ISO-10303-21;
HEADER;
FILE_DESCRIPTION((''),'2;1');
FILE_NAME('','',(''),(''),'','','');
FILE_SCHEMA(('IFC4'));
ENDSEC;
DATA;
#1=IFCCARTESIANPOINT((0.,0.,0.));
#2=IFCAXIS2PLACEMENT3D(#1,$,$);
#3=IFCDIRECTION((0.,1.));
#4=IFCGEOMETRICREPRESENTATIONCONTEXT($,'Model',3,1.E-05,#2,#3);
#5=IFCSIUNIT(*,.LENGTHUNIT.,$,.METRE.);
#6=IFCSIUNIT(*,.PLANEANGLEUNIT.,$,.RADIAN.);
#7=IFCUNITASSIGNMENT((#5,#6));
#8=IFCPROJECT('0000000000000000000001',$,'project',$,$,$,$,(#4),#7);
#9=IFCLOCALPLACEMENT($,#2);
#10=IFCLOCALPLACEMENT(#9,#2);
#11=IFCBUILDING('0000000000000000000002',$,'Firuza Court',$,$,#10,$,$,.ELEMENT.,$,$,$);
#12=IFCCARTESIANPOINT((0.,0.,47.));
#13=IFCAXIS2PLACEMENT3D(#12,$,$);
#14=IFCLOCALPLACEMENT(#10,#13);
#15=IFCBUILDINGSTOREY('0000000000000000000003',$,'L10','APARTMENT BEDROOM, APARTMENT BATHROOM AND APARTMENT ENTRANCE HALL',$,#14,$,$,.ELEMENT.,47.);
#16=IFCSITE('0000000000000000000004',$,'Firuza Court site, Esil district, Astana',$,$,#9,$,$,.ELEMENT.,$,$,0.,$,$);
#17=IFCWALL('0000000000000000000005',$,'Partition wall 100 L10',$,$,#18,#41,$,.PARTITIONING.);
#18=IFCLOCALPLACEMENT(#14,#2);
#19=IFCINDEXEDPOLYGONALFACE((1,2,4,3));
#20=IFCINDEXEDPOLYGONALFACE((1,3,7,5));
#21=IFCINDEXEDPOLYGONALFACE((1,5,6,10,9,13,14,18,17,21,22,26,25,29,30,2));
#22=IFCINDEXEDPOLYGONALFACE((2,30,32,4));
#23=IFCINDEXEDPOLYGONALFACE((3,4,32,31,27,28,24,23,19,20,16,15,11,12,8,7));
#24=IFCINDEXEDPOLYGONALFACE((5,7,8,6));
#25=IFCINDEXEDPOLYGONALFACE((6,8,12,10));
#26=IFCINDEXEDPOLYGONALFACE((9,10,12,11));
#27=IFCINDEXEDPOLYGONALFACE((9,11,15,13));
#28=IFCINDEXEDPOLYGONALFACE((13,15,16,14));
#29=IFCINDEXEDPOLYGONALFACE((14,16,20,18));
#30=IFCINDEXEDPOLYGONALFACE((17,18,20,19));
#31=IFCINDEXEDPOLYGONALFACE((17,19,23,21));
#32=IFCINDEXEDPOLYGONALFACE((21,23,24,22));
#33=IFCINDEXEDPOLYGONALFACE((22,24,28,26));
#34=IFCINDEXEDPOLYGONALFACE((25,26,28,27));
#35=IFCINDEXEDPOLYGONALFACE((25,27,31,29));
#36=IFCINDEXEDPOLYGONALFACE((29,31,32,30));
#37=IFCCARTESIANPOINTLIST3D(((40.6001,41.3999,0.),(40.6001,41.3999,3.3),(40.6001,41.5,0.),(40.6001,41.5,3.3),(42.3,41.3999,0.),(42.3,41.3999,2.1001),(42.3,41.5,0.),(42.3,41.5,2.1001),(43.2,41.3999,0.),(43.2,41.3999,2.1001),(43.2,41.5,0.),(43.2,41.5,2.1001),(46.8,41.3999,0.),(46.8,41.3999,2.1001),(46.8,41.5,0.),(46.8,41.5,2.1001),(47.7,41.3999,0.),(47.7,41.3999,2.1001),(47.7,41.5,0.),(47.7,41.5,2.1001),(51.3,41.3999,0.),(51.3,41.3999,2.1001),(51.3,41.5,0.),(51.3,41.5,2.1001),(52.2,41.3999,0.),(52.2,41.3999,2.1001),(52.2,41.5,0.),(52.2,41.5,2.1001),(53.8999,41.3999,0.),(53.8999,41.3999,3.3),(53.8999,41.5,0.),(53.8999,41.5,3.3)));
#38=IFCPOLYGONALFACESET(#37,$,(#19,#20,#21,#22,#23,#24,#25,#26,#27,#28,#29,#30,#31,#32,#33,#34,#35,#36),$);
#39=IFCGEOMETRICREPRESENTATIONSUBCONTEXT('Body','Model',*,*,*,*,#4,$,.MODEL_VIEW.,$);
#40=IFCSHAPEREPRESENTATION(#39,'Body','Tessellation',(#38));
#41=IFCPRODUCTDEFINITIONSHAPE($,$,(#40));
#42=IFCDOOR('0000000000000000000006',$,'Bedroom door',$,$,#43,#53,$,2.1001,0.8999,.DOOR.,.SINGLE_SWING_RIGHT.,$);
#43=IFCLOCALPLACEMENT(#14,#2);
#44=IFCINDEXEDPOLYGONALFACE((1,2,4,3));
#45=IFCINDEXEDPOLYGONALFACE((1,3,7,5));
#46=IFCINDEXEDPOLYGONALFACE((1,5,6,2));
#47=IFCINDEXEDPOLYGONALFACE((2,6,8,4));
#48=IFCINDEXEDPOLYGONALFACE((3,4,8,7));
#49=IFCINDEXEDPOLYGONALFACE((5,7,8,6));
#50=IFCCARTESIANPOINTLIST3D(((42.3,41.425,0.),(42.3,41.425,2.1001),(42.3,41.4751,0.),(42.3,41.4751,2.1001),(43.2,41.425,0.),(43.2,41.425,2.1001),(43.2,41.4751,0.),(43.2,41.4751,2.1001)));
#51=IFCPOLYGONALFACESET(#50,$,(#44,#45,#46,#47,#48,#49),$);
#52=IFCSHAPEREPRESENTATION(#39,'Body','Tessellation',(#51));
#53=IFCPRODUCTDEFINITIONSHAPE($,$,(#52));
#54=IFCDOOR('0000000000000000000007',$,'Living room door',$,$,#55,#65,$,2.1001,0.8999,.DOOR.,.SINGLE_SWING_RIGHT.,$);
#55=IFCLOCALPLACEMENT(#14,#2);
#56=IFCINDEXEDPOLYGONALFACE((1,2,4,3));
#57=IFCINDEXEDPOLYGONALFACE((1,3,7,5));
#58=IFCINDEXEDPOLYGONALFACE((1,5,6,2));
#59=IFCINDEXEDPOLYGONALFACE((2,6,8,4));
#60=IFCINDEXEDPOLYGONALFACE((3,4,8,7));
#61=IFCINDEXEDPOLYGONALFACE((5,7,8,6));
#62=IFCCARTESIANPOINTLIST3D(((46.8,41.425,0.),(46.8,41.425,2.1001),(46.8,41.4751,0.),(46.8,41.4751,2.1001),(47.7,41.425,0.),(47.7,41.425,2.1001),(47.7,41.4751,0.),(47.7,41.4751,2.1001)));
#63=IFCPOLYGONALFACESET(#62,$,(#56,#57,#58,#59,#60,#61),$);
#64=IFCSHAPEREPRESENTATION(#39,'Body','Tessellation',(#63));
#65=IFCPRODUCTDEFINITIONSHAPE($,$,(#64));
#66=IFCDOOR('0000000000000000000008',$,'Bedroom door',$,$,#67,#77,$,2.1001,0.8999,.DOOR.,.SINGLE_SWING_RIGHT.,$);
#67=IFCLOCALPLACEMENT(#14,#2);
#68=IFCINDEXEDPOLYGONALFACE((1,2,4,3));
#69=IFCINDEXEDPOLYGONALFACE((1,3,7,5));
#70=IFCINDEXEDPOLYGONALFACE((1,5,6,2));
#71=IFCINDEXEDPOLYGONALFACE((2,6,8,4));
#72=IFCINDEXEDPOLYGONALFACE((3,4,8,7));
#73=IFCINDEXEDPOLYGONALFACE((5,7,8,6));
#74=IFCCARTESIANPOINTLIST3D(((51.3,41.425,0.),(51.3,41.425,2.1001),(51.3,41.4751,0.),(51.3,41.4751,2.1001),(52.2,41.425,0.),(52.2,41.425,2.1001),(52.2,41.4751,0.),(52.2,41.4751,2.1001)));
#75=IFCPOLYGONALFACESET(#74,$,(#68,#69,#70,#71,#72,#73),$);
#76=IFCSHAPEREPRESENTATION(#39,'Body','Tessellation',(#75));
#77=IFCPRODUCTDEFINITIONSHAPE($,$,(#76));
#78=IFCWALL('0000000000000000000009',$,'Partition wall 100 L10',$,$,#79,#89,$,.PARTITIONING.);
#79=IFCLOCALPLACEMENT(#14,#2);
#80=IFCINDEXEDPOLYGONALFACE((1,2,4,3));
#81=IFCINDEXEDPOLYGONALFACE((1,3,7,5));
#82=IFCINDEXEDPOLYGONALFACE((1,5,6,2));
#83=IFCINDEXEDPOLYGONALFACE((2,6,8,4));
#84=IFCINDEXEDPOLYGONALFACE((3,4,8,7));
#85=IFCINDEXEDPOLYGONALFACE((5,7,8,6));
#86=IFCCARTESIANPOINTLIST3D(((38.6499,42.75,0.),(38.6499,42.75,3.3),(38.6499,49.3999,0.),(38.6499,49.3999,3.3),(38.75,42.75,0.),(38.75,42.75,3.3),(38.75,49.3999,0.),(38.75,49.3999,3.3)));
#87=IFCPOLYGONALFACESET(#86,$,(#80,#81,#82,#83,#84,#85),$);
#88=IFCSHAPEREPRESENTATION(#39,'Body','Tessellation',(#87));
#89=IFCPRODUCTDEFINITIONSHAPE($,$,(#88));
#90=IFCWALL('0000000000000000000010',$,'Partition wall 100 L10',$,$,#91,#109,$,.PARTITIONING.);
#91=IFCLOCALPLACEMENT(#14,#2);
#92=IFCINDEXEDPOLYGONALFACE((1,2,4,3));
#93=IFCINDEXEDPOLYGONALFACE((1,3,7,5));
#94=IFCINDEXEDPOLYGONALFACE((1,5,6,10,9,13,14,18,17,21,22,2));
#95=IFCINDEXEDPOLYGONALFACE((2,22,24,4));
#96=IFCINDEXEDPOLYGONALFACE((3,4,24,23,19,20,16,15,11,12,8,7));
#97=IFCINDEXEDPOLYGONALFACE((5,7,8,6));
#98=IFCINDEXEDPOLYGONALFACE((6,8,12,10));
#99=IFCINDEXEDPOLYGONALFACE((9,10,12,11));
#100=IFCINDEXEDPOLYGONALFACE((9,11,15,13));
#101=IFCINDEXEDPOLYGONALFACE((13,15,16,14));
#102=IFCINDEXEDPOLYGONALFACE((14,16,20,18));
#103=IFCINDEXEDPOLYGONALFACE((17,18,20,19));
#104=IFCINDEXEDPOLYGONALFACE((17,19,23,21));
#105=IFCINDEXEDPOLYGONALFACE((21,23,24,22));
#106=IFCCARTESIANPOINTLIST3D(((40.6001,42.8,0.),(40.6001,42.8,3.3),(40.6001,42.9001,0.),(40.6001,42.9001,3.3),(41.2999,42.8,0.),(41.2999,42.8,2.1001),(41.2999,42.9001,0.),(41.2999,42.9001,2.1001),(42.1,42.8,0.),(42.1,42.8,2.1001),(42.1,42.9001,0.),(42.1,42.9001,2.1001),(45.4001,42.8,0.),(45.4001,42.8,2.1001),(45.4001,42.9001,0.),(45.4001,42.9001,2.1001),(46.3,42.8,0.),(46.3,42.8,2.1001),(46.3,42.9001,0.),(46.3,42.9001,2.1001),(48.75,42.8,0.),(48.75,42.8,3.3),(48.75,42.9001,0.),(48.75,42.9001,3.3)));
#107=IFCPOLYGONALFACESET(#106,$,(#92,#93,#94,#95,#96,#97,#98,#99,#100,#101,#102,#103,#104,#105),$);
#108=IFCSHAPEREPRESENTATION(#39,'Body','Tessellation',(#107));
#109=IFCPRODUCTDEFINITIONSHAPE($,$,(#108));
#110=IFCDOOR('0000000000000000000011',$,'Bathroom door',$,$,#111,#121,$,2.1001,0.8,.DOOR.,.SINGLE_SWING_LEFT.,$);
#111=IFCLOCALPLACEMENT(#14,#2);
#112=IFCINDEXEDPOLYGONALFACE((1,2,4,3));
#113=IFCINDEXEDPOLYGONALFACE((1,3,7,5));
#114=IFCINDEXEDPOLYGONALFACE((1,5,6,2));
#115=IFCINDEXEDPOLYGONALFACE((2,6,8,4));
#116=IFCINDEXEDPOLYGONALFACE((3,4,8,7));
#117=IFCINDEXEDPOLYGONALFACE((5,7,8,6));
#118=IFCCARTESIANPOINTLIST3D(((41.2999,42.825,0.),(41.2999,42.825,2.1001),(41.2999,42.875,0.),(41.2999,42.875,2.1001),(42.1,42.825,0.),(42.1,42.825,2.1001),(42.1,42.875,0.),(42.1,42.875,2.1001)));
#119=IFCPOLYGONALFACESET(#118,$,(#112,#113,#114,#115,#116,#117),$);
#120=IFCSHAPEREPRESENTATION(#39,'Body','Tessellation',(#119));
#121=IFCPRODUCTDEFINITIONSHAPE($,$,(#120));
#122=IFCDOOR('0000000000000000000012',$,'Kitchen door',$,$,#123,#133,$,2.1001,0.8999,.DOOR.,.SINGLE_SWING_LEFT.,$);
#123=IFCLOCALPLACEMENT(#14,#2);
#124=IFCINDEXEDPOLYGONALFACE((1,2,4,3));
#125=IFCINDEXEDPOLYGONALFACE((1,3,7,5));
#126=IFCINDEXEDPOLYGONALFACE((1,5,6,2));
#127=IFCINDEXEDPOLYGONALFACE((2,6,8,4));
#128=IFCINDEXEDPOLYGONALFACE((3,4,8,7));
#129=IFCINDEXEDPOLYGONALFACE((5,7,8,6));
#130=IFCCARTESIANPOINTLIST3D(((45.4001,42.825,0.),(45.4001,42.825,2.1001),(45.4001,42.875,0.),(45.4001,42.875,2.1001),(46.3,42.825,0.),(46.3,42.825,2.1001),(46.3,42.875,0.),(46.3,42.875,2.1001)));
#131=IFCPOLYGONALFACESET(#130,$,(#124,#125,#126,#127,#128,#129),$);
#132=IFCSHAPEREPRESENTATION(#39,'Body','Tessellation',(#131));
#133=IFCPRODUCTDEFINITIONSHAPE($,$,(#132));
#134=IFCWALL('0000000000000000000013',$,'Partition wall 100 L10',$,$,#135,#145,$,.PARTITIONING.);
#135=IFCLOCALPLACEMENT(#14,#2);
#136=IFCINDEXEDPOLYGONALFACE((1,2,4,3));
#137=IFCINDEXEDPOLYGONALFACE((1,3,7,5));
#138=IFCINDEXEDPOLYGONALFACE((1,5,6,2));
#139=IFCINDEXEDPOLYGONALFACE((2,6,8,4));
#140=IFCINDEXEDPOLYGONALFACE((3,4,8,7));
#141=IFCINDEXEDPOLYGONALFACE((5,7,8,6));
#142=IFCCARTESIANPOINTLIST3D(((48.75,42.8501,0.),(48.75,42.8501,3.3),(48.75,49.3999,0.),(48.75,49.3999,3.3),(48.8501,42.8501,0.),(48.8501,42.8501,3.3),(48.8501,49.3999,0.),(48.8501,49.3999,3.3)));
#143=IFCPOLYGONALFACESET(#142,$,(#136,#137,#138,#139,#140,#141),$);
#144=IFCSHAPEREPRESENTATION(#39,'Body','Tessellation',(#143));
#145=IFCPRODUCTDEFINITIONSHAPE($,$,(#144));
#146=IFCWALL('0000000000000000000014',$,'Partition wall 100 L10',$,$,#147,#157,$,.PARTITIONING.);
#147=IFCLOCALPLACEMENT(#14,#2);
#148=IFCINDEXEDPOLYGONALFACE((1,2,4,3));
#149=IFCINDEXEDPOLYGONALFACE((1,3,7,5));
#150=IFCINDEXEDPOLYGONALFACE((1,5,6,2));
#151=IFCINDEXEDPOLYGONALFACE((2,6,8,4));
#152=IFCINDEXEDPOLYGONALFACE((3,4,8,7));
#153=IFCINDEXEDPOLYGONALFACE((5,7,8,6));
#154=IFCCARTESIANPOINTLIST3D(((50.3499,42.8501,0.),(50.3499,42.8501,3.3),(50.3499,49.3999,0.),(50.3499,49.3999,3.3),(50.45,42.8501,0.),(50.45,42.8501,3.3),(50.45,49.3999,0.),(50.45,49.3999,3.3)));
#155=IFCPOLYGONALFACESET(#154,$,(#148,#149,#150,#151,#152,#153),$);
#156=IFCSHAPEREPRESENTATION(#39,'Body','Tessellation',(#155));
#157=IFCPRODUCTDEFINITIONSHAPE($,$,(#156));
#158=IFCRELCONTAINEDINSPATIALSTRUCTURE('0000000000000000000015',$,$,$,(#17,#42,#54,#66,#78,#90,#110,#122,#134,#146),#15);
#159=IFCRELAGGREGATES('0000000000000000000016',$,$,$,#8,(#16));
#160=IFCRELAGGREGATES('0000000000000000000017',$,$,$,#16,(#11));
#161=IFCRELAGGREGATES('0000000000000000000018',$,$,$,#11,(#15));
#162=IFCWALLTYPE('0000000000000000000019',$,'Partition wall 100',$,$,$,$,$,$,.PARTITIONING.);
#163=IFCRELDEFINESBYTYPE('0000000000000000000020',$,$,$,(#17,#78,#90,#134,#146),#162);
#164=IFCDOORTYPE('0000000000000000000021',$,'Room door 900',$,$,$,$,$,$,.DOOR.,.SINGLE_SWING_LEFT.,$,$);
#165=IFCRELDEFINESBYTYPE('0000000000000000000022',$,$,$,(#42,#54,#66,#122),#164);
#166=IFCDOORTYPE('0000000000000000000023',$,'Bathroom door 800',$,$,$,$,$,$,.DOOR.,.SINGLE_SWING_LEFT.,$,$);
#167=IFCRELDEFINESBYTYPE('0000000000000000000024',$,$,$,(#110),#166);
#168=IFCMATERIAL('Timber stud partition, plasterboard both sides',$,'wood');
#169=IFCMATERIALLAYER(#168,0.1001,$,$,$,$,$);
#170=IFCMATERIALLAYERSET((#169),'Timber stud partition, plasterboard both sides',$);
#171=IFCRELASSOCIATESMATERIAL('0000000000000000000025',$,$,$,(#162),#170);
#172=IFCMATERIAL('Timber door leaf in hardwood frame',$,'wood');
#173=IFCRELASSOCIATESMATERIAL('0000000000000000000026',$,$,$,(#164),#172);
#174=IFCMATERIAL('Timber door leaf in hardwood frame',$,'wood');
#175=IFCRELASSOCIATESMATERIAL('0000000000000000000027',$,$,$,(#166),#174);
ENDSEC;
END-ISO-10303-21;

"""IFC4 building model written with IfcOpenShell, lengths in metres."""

from ifc_helpers import new_model, si_unit, direction, frame, frame_2d, origin, place, context, subcontext, project, spatial, rectangle, extrude, material, layer, layer_set, type_object, element, fill, save


model = new_model("IFC4")

# Units and contexts
model_context = context("Model", 3, precision=1e-05, world=origin(), true_north=direction((0.0, 1.0)))
body_context = subcontext(model_context, "Body", "Model", "MODEL_VIEW")
ifc_project = project(units=[si_unit("LENGTHUNIT", "METRE"), si_unit("PLANEANGLEUNIT", "RADIAN")], contexts=[model_context])

# Site, building, storey
site_placement = place(None, origin())
site = spatial("IfcSite", under=ifc_project, at=site_placement, Name="Firuza Court site, Esil district, Astana", CompositionType="ELEMENT", RefElevation=0.0)
building_placement = place(site_placement, origin())
building = spatial("IfcBuilding", under=site, at=building_placement, Name="Firuza Court", CompositionType="ELEMENT")
storey_placement = place(building_placement, frame((0.0, 0.0, 47.0)))
storey = spatial("IfcBuildingStorey", under=building, at=storey_placement, Name="L10", Description="APARTMENT BEDROOM, APARTMENT BATHROOM AND APARTMENT ENTRANCE HALL", CompositionType="ELEMENT", Elevation=47.0)

# Shared definitions
ifc_material_1 = material(Name="Timber stud partition, plasterboard both sides", Category="wood")
ifc_layer_1 = layer(ifc_material_1, 0.1001)
ifc_layer_set_1 = layer_set([ifc_layer_1], Name="Timber stud partition, plasterboard both sides")
wall_type_1 = type_object("IfcWallType", Name="Partition wall 100", PredefinedType="PARTITIONING", material=ifc_layer_set_1)

# Wall, openings, doors
wall_1_placement = place(storey_placement, frame((40.6001, 41.45, 0.0), z_axis=(0.0, 0.0, 1.0), x_axis=(1.0, 0.0, 0.0)))
wall_1 = element("IfcWall", 1, at=wall_1_placement, inside=storey, type_object=wall_type_1, Name="Partition wall 100 L10", PredefinedType="PARTITIONING", context=body_context, shape_type="SweptSolid", body=[
    extrude(rectangle(XDim=13.2998, YDim=0.1001, at=frame_2d((6.6499, 0.0))), origin(), (0.0, 0.0, 1.0), 3.3),
])
opening_1_placement = place(wall_1_placement, frame((1.7, 0.0, 0.0)))
opening_1 = element("IfcOpeningElement", 2, at=opening_1_placement, cuts=wall_1, PredefinedType="OPENING", context=body_context, shape_type="SweptSolid", body=[
    extrude(rectangle(XDim=0.8999, YDim=2.1001, at=frame_2d((0.45, 1.05))), frame((0.0, 0.062, 0.0), z_axis=(0.0, -1.0, 0.0), x_axis=(1.0, 0.0, 0.0)), (0.0, 0.0, 1.0), 0.124),
])
opening_2_placement = place(wall_1_placement, frame((6.2, 0.0, 0.0)))
opening_2 = element("IfcOpeningElement", 3, at=opening_2_placement, cuts=wall_1, PredefinedType="OPENING", context=body_context, shape_type="SweptSolid", body=[
    extrude(rectangle(XDim=0.8999, YDim=2.1001, at=frame_2d((0.45, 1.05))), frame((0.0, 0.062, 0.0), z_axis=(0.0, -1.0, 0.0), x_axis=(1.0, 0.0, 0.0)), (0.0, 0.0, 1.0), 0.124),
])
opening_3_placement = place(wall_1_placement, frame((10.7, 0.0, 0.0)))
opening_3 = element("IfcOpeningElement", 4, at=opening_3_placement, cuts=wall_1, PredefinedType="OPENING", context=body_context, shape_type="SweptSolid", body=[
    extrude(rectangle(XDim=0.8999, YDim=2.1001, at=frame_2d((0.45, 1.05))), frame((0.0, 0.062, 0.0), z_axis=(0.0, -1.0, 0.0), x_axis=(1.0, 0.0, 0.0)), (0.0, 0.0, 1.0), 0.124),
])
ifc_material_2 = material(Name="Timber door leaf in hardwood frame", Category="wood")
door_type_1 = type_object("IfcDoorType", Name="Room door 900", OperationType="SINGLE_SWING_LEFT", PredefinedType="DOOR", material=ifc_material_2)
door_1_placement = place(opening_1_placement, frame((0.8999, 0.0, 0.0), z_axis=(0.0, 0.0, 1.0), x_axis=(-1.0, 0.0, 0.0)))
door_1 = element("IfcDoor", 5, at=door_1_placement, inside=storey, type_object=door_type_1, Name="Bedroom door", OperationType="SINGLE_SWING_RIGHT", OverallHeight=2.1001, OverallWidth=0.8999, PredefinedType="DOOR", context=body_context, shape_type="SweptSolid", body=[
    extrude(rectangle(XDim=0.8999, YDim=2.1001, at=frame_2d((0.45, 1.05))), frame((0.0, 0.0249, 0.0), z_axis=(0.0, -1.0, 0.0), x_axis=(1.0, 0.0, 0.0)), (0.0, 0.0, 1.0), 0.05),
])
fill(opening_1, door_1)
door_2_placement = place(opening_2_placement, frame((0.8999, 0.0, 0.0), z_axis=(0.0, 0.0, 1.0), x_axis=(-1.0, 0.0, 0.0)))
door_2 = element("IfcDoor", 6, at=door_2_placement, inside=storey, type_object=door_type_1, Name="Living room door", OperationType="SINGLE_SWING_RIGHT", OverallHeight=2.1001, OverallWidth=0.8999, PredefinedType="DOOR", context=body_context, shape_type="SweptSolid", body=[
    extrude(rectangle(XDim=0.8999, YDim=2.1001, at=frame_2d((0.45, 1.05))), frame((0.0, 0.0249, 0.0), z_axis=(0.0, -1.0, 0.0), x_axis=(1.0, 0.0, 0.0)), (0.0, 0.0, 1.0), 0.05),
])
fill(opening_2, door_2)
door_3_placement = place(opening_3_placement, frame((0.8999, 0.0, 0.0), z_axis=(0.0, 0.0, 1.0), x_axis=(-1.0, 0.0, 0.0)))
door_3 = element("IfcDoor", 7, at=door_3_placement, inside=storey, type_object=door_type_1, Name="Bedroom door", OperationType="SINGLE_SWING_RIGHT", OverallHeight=2.1001, OverallWidth=0.8999, PredefinedType="DOOR", context=body_context, shape_type="SweptSolid", body=[
    extrude(rectangle(XDim=0.8999, YDim=2.1001, at=frame_2d((0.45, 1.05))), frame((0.0, 0.0249, 0.0), z_axis=(0.0, -1.0, 0.0), x_axis=(1.0, 0.0, 0.0)), (0.0, 0.0, 1.0), 0.05),
])
fill(opening_3, door_3)

# Wall
wall_2_placement = place(storey_placement, frame((38.7, 42.75, 0.0), z_axis=(0.0, 0.0, 1.0), x_axis=(0.0, 1.0, 0.0)))
element("IfcWall", 8, at=wall_2_placement, inside=storey, type_object=wall_type_1, Name="Partition wall 100 L10", PredefinedType="PARTITIONING", context=body_context, shape_type="SweptSolid", body=[
    extrude(rectangle(XDim=6.6499, YDim=0.1001, at=frame_2d((3.325, 0.0))), origin(), (0.0, 0.0, 1.0), 3.3),
])

# Wall, openings, doors
wall_3_placement = place(storey_placement, frame((40.6001, 42.8501, 0.0), z_axis=(0.0, 0.0, 1.0), x_axis=(1.0, 0.0, 0.0)))
wall_3 = element("IfcWall", 9, at=wall_3_placement, inside=storey, type_object=wall_type_1, Name="Partition wall 100 L10", PredefinedType="PARTITIONING", context=body_context, shape_type="SweptSolid", body=[
    extrude(rectangle(XDim=8.1499, YDim=0.1001, at=frame_2d((4.075, 0.0))), origin(), (0.0, 0.0, 1.0), 3.3),
])
opening_4_placement = place(wall_3_placement, frame((0.7, 0.0, 0.0)))
opening_4 = element("IfcOpeningElement", 10, at=opening_4_placement, cuts=wall_3, PredefinedType="OPENING", context=body_context, shape_type="SweptSolid", body=[
    extrude(rectangle(XDim=0.8, YDim=2.1001, at=frame_2d((0.3999, 1.05))), frame((0.0, 0.062, 0.0), z_axis=(0.0, -1.0, 0.0), x_axis=(1.0, 0.0, 0.0)), (0.0, 0.0, 1.0), 0.124),
])
opening_5_placement = place(wall_3_placement, frame((4.8, 0.0, 0.0)))
opening_5 = element("IfcOpeningElement", 11, at=opening_5_placement, cuts=wall_3, PredefinedType="OPENING", context=body_context, shape_type="SweptSolid", body=[
    extrude(rectangle(XDim=0.8999, YDim=2.1001, at=frame_2d((0.45, 1.05))), frame((0.0, 0.062, 0.0), z_axis=(0.0, -1.0, 0.0), x_axis=(1.0, 0.0, 0.0)), (0.0, 0.0, 1.0), 0.124),
])
ifc_material_3 = material(Name="Timber door leaf in hardwood frame", Category="wood")
door_type_2 = type_object("IfcDoorType", Name="Bathroom door 800", OperationType="SINGLE_SWING_LEFT", PredefinedType="DOOR", material=ifc_material_3)
door_4_placement = place(opening_4_placement, origin())
door_4 = element("IfcDoor", 12, at=door_4_placement, inside=storey, type_object=door_type_2, Name="Bathroom door", OperationType="SINGLE_SWING_LEFT", OverallHeight=2.1001, OverallWidth=0.8, PredefinedType="DOOR", context=body_context, shape_type="SweptSolid", body=[
    extrude(rectangle(XDim=0.8, YDim=2.1001, at=frame_2d((0.3999, 1.05))), frame((0.0, 0.0249, 0.0), z_axis=(0.0, -1.0, 0.0), x_axis=(1.0, 0.0, 0.0)), (0.0, 0.0, 1.0), 0.05),
])
fill(opening_4, door_4)
door_5_placement = place(opening_5_placement, origin())
door_5 = element("IfcDoor", 13, at=door_5_placement, inside=storey, type_object=door_type_1, Name="Kitchen door", OperationType="SINGLE_SWING_LEFT", OverallHeight=2.1001, OverallWidth=0.8999, PredefinedType="DOOR", context=body_context, shape_type="SweptSolid", body=[
    extrude(rectangle(XDim=0.8999, YDim=2.1001, at=frame_2d((0.45, 1.05))), frame((0.0, 0.0249, 0.0), z_axis=(0.0, -1.0, 0.0), x_axis=(1.0, 0.0, 0.0)), (0.0, 0.0, 1.0), 0.05),
])
fill(opening_5, door_5)

# Walls
for number, where, z_axis, x_axis, name in (
    (14, (48.8, 42.8501, 0.0), (0.0, 0.0, 1.0), (0.0, 1.0, 0.0), "Partition wall 100 L10"),
    (15, (50.3999, 42.8501, 0.0), (0.0, 0.0, 1.0), (0.0, 1.0, 0.0), "Partition wall 100 L10"),
):
    element("IfcWall", number, at=place(storey_placement, frame(where, z_axis=z_axis, x_axis=x_axis)), inside=storey, type_object=wall_type_1, Name=name, PredefinedType="PARTITIONING", context=body_context, shape_type="SweptSolid", body=[
        extrude(rectangle(XDim=6.5498, YDim=0.1001, at=frame_2d((3.2749, 0.0))), origin(), (0.0, 0.0, 1.0), 3.3),
    ])

save(model, "model.ifc")
